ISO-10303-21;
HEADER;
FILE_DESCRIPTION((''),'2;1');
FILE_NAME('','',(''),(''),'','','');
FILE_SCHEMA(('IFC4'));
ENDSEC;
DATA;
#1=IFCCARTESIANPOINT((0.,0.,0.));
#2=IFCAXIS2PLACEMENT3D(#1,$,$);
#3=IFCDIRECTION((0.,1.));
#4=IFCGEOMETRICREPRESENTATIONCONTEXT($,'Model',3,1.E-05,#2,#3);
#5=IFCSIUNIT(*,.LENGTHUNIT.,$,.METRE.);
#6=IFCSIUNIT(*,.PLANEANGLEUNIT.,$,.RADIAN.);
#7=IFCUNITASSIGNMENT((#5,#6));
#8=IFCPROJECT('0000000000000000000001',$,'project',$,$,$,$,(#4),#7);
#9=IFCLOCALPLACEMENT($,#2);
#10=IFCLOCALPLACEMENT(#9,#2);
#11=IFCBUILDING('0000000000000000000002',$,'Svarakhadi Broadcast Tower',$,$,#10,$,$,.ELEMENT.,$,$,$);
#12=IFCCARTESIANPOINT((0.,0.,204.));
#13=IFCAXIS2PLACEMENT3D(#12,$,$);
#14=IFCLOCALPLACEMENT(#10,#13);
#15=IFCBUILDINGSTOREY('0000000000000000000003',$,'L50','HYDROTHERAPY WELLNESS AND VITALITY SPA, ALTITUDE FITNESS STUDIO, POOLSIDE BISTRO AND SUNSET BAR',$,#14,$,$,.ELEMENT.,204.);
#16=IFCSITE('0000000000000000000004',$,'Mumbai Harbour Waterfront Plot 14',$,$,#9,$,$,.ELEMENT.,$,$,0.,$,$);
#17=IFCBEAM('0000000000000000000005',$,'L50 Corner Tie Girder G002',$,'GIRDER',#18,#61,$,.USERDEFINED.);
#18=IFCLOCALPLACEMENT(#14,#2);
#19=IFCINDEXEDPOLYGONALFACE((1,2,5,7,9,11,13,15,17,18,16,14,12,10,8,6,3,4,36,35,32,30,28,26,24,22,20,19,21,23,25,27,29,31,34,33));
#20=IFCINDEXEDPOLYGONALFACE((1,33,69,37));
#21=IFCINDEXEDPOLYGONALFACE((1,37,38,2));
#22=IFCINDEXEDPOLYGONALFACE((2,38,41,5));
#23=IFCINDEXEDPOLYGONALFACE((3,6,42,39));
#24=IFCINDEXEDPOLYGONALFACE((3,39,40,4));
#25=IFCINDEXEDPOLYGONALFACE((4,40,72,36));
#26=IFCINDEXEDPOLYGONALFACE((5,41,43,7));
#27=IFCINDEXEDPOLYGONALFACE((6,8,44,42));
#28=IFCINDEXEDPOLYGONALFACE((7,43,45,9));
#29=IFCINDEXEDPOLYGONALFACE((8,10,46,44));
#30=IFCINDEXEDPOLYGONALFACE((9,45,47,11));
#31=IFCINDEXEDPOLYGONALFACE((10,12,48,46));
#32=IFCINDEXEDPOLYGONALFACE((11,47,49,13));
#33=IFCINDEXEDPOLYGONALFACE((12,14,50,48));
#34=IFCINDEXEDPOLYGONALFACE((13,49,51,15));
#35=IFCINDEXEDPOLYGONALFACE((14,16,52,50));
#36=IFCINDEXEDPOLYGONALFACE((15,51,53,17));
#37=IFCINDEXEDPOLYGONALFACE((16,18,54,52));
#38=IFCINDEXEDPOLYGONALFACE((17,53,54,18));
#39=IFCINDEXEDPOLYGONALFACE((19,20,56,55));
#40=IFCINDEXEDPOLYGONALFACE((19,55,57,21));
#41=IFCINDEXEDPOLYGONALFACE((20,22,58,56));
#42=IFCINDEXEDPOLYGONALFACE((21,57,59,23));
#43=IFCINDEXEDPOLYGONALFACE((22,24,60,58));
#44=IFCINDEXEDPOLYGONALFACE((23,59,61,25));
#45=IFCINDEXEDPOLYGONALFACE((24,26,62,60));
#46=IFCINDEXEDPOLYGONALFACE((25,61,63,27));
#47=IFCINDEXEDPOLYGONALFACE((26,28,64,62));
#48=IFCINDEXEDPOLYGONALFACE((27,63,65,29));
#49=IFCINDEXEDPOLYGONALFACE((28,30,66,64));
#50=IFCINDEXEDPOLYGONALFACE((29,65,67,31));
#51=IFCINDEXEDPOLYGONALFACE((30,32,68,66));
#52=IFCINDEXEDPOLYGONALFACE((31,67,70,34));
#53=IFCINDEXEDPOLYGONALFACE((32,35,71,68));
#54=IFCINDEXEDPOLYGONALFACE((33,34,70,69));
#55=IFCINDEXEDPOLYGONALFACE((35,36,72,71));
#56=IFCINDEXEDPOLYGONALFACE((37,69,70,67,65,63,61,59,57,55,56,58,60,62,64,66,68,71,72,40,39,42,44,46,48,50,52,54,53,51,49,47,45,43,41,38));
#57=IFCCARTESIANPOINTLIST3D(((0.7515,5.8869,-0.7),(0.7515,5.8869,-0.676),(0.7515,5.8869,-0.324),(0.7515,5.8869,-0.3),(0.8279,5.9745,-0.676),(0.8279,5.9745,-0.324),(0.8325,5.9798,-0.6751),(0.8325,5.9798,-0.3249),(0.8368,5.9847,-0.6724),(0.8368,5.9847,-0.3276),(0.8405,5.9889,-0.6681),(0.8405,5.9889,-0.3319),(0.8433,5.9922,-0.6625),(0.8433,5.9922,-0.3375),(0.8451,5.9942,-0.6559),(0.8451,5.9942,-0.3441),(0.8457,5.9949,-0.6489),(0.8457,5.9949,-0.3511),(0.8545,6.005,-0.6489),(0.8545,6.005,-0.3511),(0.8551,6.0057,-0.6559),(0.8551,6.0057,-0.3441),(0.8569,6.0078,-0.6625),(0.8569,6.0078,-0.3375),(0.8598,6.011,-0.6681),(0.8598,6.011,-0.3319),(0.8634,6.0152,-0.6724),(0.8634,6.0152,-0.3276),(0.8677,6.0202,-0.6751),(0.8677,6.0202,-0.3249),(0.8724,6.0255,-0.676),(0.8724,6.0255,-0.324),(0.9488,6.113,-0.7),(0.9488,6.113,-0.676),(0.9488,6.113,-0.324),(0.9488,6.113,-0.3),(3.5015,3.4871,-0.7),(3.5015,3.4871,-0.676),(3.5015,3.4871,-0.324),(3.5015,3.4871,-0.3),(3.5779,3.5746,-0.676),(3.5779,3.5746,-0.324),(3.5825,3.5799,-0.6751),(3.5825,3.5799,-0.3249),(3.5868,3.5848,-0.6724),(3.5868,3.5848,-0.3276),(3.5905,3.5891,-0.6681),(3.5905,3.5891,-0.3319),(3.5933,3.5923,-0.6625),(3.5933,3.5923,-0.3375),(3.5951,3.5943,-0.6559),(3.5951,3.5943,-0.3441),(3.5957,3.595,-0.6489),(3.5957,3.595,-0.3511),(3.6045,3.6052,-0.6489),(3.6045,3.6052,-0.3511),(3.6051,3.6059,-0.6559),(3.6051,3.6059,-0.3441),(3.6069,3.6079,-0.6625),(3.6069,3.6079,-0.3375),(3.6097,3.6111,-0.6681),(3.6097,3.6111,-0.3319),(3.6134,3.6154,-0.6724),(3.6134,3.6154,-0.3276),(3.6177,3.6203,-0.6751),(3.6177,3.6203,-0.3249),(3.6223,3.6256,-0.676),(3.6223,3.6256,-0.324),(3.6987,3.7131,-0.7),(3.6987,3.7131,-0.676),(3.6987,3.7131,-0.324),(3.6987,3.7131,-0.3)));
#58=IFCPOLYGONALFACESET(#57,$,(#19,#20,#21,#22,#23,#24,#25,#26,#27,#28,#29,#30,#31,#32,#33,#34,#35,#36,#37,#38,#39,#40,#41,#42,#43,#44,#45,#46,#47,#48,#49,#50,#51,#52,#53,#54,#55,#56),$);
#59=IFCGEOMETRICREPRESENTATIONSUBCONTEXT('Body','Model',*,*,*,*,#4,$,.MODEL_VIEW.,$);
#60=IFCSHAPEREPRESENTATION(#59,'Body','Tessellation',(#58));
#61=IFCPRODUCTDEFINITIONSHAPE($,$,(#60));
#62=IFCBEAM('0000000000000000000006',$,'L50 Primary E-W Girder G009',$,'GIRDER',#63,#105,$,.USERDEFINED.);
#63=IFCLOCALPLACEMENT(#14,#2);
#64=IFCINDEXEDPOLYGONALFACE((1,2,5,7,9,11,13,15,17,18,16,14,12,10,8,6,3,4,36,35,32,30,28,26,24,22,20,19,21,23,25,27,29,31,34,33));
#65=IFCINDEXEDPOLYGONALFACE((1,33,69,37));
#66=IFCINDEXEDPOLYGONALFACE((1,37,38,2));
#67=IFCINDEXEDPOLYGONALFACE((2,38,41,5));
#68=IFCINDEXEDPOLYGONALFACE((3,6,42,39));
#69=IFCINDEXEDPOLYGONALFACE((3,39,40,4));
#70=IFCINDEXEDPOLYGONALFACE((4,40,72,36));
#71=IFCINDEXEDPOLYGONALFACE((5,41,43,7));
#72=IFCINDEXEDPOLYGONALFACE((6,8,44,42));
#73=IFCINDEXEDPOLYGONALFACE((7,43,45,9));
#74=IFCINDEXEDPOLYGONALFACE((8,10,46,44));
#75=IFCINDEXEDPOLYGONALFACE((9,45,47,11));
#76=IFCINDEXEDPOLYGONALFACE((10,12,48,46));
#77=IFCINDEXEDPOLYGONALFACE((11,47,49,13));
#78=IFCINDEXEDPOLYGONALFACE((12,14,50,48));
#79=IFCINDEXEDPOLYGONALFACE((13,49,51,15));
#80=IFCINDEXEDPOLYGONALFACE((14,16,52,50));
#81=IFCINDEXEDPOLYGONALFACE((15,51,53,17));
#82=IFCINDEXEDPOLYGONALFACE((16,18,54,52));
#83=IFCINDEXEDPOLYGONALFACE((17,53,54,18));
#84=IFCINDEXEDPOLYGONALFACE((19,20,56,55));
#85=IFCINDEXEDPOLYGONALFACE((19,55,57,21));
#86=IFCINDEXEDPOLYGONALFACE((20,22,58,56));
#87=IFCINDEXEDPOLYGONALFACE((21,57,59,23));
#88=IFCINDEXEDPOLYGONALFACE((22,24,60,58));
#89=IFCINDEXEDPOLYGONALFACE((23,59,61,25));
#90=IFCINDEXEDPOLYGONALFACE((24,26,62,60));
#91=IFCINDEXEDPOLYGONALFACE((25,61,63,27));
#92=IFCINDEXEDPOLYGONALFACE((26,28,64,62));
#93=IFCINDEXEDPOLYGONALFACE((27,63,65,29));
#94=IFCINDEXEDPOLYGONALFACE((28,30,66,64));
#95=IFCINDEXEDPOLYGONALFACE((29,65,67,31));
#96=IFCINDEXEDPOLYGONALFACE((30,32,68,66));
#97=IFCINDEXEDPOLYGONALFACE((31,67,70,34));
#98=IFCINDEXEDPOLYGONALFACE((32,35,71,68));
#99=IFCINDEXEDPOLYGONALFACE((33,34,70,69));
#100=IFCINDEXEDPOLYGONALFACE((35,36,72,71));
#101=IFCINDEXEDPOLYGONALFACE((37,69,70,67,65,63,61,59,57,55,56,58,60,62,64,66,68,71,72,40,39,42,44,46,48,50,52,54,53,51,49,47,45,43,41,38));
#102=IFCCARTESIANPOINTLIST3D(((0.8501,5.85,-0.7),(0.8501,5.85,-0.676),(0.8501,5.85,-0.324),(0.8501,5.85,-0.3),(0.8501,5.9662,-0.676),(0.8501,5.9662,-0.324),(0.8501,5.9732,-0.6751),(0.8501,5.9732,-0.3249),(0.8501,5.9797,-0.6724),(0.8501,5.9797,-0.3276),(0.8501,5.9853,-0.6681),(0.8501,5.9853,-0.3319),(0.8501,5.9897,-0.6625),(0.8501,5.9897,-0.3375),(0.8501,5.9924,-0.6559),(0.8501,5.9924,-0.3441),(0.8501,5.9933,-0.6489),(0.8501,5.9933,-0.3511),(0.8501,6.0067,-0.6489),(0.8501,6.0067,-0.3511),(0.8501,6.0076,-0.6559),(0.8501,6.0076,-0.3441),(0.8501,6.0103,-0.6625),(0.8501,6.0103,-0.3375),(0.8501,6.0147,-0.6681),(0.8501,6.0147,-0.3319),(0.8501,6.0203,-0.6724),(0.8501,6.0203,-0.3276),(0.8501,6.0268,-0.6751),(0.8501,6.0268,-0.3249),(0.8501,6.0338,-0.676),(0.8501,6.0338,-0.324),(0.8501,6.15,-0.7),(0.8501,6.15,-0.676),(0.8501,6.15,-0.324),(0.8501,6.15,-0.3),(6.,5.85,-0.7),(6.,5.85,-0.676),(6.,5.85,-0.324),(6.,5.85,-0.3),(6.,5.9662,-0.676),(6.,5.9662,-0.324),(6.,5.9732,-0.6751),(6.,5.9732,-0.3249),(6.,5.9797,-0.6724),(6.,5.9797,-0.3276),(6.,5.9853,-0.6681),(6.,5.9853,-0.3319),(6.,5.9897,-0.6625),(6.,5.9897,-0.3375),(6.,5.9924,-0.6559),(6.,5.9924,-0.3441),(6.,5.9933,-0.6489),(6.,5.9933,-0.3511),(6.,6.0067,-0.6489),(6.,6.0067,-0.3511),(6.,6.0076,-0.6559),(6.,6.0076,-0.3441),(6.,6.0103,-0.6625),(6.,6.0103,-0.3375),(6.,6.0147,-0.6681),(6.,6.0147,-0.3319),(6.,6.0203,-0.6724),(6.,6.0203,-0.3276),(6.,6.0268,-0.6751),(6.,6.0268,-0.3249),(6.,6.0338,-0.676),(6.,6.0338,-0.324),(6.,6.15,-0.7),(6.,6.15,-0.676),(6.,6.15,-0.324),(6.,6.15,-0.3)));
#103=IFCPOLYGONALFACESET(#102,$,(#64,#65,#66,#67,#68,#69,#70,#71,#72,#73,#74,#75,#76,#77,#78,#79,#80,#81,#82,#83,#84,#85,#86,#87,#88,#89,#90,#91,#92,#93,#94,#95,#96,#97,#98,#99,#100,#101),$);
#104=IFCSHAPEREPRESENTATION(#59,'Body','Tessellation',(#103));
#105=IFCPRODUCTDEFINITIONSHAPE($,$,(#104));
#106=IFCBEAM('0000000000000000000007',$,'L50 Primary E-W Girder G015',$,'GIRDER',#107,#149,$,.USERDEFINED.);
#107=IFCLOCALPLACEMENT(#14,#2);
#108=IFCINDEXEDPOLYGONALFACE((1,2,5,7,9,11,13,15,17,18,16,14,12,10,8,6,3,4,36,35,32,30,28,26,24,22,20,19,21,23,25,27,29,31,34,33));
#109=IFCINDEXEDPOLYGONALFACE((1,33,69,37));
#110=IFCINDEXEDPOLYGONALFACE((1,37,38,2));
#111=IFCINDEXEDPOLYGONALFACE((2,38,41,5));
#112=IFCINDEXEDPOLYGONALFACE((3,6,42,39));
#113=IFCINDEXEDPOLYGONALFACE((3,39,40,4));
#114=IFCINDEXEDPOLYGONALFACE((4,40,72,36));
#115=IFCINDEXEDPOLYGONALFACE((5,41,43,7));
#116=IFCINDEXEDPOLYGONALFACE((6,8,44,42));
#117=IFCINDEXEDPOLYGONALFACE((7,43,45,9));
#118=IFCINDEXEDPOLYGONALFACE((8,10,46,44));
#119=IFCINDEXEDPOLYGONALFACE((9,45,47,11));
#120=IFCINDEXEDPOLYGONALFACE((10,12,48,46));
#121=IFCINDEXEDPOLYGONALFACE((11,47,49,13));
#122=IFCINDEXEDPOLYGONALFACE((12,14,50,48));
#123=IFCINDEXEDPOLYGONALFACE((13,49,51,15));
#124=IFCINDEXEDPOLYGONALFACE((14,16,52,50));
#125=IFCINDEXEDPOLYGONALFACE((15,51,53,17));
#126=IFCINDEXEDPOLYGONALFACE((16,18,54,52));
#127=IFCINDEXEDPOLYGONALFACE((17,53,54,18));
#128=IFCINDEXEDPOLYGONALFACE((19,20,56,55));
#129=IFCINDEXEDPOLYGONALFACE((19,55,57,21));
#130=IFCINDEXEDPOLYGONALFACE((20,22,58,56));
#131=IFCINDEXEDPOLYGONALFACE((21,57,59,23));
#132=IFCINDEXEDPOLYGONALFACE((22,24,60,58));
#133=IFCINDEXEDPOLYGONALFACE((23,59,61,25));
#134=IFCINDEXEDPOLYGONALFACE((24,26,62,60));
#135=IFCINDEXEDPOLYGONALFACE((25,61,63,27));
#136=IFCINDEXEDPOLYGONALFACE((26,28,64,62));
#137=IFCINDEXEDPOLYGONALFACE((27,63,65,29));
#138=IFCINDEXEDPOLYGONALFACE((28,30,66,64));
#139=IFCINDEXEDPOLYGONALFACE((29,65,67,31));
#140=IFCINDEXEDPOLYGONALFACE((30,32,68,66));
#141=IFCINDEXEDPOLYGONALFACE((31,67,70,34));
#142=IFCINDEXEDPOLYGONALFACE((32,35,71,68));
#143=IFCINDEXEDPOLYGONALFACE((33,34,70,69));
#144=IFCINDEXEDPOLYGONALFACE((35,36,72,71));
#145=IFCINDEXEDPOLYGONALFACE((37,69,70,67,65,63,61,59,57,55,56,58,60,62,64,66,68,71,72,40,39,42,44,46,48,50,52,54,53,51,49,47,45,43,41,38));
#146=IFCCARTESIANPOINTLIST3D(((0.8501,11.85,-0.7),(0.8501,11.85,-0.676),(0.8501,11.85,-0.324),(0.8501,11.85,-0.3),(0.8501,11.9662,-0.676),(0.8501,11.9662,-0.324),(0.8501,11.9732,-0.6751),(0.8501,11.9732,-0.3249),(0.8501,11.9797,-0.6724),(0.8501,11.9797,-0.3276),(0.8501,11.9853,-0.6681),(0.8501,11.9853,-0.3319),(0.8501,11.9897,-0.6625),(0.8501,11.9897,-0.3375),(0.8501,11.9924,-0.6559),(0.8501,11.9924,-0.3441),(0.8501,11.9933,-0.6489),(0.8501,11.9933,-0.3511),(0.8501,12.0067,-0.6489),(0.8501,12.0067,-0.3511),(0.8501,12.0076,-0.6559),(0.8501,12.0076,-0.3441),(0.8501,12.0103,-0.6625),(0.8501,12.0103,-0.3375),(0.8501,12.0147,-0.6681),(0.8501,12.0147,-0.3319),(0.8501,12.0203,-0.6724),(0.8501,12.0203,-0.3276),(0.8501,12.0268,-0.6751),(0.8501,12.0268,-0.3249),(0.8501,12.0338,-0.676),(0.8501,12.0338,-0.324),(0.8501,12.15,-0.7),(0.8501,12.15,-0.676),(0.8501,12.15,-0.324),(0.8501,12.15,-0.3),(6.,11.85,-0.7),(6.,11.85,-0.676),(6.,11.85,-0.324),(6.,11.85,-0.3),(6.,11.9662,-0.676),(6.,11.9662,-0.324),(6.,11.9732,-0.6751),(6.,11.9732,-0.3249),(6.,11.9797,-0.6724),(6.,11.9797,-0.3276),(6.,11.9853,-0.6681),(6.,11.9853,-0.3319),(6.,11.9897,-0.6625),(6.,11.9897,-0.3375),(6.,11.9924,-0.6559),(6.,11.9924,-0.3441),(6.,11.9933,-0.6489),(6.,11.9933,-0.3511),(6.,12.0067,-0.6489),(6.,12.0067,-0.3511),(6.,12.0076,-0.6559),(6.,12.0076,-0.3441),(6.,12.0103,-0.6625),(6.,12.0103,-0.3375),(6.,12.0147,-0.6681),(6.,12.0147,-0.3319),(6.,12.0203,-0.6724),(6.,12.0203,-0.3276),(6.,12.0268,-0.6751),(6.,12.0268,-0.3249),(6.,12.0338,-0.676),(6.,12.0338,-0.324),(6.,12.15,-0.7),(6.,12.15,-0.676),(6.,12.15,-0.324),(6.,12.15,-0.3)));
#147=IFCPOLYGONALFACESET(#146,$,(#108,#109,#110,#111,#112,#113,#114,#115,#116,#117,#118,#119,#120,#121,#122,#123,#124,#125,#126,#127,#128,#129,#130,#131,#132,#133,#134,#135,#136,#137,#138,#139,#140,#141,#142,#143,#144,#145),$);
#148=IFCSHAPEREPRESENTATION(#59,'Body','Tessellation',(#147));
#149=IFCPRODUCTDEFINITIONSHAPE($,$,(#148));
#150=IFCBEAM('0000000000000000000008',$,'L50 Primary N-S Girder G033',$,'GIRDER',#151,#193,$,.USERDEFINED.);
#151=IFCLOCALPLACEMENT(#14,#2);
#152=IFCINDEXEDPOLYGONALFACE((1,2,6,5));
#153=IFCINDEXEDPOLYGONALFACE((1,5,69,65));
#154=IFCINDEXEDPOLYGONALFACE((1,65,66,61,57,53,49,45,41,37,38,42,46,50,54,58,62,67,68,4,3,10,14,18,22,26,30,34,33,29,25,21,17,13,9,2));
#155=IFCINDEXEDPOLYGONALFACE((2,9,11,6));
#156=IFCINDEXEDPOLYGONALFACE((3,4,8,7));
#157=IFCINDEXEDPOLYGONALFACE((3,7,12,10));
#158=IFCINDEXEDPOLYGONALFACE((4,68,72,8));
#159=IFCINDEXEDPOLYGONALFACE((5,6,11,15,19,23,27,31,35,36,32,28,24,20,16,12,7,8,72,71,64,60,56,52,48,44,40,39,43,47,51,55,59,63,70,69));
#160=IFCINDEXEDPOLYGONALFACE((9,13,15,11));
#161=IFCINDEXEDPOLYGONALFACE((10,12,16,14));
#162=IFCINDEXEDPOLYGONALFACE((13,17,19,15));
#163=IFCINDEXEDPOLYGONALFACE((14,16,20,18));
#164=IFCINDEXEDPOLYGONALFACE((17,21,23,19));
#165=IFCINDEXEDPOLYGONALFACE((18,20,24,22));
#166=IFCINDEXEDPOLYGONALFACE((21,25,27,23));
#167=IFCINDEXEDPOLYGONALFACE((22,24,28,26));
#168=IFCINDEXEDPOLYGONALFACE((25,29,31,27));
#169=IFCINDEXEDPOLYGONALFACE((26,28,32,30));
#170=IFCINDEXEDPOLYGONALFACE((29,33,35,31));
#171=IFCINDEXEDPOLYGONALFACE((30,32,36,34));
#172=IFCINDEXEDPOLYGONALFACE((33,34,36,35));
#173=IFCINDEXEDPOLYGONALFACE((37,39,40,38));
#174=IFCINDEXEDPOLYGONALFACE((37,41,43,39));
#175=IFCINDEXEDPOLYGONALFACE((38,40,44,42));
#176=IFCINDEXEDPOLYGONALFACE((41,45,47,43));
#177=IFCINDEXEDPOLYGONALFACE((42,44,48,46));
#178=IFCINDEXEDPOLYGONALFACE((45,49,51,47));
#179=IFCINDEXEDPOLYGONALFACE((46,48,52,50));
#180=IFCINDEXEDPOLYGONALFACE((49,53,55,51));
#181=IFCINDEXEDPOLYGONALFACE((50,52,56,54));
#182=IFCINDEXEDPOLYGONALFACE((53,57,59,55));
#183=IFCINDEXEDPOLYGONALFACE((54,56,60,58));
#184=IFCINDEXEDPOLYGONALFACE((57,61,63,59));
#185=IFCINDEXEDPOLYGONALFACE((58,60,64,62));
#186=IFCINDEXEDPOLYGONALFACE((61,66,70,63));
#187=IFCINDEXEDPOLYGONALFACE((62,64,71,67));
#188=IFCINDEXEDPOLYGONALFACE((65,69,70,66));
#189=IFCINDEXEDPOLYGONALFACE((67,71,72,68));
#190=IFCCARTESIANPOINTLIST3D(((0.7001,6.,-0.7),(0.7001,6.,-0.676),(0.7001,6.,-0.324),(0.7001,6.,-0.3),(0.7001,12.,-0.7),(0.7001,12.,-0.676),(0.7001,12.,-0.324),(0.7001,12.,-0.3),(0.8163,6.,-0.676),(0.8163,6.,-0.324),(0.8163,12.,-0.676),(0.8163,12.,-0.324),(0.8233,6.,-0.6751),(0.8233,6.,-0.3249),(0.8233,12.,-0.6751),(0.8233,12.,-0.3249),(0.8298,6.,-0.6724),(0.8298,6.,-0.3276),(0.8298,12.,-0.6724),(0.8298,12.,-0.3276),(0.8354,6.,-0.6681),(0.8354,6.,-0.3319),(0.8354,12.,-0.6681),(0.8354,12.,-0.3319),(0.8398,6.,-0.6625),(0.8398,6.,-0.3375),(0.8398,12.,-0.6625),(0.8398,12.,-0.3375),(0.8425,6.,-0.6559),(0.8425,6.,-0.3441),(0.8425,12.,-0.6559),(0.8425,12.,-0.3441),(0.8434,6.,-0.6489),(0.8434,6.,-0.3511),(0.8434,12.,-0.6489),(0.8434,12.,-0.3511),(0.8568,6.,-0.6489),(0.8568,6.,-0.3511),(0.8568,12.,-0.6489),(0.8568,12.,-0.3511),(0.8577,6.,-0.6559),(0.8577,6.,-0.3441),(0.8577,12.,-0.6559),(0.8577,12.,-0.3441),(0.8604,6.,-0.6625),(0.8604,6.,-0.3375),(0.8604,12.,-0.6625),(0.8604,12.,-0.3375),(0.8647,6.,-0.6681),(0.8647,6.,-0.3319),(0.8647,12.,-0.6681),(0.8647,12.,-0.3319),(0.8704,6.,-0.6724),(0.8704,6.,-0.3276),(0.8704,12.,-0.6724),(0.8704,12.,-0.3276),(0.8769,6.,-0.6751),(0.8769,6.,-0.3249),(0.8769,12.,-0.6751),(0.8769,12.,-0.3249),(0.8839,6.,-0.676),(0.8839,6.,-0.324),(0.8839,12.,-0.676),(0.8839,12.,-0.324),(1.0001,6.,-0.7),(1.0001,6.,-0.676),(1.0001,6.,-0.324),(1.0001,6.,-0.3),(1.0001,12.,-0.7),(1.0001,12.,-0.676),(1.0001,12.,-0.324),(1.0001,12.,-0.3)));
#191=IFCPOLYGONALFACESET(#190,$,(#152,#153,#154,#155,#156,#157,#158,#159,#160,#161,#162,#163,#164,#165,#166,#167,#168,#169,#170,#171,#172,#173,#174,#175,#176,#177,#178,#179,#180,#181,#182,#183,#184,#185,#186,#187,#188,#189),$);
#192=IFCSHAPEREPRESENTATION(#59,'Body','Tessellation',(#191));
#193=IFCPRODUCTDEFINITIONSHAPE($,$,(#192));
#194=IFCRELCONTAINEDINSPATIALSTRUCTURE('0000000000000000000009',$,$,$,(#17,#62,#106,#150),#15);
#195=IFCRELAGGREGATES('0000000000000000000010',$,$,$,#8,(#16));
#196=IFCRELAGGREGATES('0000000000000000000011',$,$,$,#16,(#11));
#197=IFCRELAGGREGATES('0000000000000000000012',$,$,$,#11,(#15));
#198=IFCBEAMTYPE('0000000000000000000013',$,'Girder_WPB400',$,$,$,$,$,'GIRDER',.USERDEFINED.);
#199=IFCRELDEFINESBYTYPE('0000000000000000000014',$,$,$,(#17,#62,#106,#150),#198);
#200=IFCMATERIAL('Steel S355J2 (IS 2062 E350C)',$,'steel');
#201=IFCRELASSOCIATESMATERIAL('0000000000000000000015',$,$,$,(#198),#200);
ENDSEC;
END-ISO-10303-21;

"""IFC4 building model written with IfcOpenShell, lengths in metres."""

from ifc_helpers import new_model, si_unit, direction, frame, origin, origin_2d, place, context, subcontext, project, spatial, i_section, extrude, material, material_profile, profile_set, type_object, element, save


model = new_model("IFC4")

# Units and contexts
model_context = context("Model", 3, precision=1e-05, world=origin(), true_north=direction((0.0, 1.0)))
body_context = subcontext(model_context, "Body", "Model", "MODEL_VIEW")
ifc_project = project(units=[si_unit("LENGTHUNIT", "METRE"), si_unit("PLANEANGLEUNIT", "RADIAN")], contexts=[model_context])

# Site, building, storey
site_placement = place(None, origin())
site = spatial("IfcSite", under=ifc_project, at=site_placement, Name="Mumbai Harbour Waterfront Plot 14", CompositionType="ELEMENT", RefElevation=0.0)
building_placement = place(site_placement, origin())
building = spatial("IfcBuilding", under=site, at=building_placement, Name="Svarakhadi Broadcast Tower", CompositionType="ELEMENT")
storey_placement = place(building_placement, frame((0.0, 0.0, 204.0)))
storey = spatial("IfcBuildingStorey", under=building, at=storey_placement, Name="L50", Description="HYDROTHERAPY WELLNESS AND VITALITY SPA, ALTITUDE FITNESS STUDIO, POOLSIDE BISTRO AND SUNSET BAR", CompositionType="ELEMENT", Elevation=204.0)

# Shared definitions
ifc_material_1 = material(Name="Steel S355J2 (IS 2062 E350C)", Category="steel")

# Beams
ifc_material_profile_1 = material_profile(ifc_material_1, i_section(OverallWidth=0.3, OverallDepth=0.3999, WebThickness=0.0134, FlangeThickness=0.0239, FilletRadius=0.0271, at=origin_2d()), Name="WPB 400x300x155")
ifc_profile_set_1 = profile_set([ifc_material_profile_1], Name="Steel S355J2 (IS 2062 E350C)")
beam_type_1 = type_object("IfcBeamType", Name="Girder_WPB400", ElementType="GIRDER", PredefinedType="USERDEFINED", material=ifc_profile_set_1)
beam_1_placement = place(storey_placement, frame((3.6001, 3.6001, -0.5), z_axis=(-0.753438, 0.657519, 0.0), x_axis=(-0.657519, -0.753438, 0.0)))
element("IfcBeam", 1, at=beam_1_placement, inside=storey, type_object=beam_type_1, Name="L50 Corner Tie Girder G002", ObjectType="GIRDER", PredefinedType="USERDEFINED", context=body_context, shape_type="SweptSolid", body=[
    extrude(i_section(OverallWidth=0.3, OverallDepth=0.3999, WebThickness=0.0134, FlangeThickness=0.0239, FilletRadius=0.0271, at=origin_2d()), origin(), (0.0, 0.0, 1.0), 3.6499),
])
for number, where, z_axis, x_axis, name in (
    (2, (0.8501, 6.0, -0.5), (1.0, 0.0, 0.0), (0.0, 1.0, 0.0), "L50 Primary E-W Girder G009"),
    (3, (0.8501, 12.0, -0.5), (1.0, 0.0, 0.0), (0.0, 1.0, 0.0), "L50 Primary E-W Girder G015"),
):
    element("IfcBeam", number, at=place(storey_placement, frame(where, z_axis=z_axis, x_axis=x_axis)), inside=storey, type_object=beam_type_1, Name=name, ObjectType="GIRDER", PredefinedType="USERDEFINED", context=body_context, shape_type="SweptSolid", body=[
        extrude(i_section(OverallWidth=0.3, OverallDepth=0.3999, WebThickness=0.0134, FlangeThickness=0.0239, FilletRadius=0.0271, at=origin_2d()), origin(), (0.0, 0.0, 1.0), 5.1499),
    ])
for number, where, z_axis, x_axis, name in (
    (4, (0.8501, 6.0, -0.5), (0.0, 1.0, 0.0), (-1.0, 0.0, 0.0), "L50 Primary N-S Girder G033"),
):
    element("IfcBeam", number, at=place(storey_placement, frame(where, z_axis=z_axis, x_axis=x_axis)), inside=storey, type_object=beam_type_1, Name=name, ObjectType="GIRDER", PredefinedType="USERDEFINED", context=body_context, shape_type="SweptSolid", body=[
        extrude(i_section(OverallWidth=0.3, OverallDepth=0.3999, WebThickness=0.0134, FlangeThickness=0.0239, FilletRadius=0.0271, at=origin_2d()), origin(), (0.0, 0.0, 1.0), 6.0),
    ])

save(model, "model.ifc")
